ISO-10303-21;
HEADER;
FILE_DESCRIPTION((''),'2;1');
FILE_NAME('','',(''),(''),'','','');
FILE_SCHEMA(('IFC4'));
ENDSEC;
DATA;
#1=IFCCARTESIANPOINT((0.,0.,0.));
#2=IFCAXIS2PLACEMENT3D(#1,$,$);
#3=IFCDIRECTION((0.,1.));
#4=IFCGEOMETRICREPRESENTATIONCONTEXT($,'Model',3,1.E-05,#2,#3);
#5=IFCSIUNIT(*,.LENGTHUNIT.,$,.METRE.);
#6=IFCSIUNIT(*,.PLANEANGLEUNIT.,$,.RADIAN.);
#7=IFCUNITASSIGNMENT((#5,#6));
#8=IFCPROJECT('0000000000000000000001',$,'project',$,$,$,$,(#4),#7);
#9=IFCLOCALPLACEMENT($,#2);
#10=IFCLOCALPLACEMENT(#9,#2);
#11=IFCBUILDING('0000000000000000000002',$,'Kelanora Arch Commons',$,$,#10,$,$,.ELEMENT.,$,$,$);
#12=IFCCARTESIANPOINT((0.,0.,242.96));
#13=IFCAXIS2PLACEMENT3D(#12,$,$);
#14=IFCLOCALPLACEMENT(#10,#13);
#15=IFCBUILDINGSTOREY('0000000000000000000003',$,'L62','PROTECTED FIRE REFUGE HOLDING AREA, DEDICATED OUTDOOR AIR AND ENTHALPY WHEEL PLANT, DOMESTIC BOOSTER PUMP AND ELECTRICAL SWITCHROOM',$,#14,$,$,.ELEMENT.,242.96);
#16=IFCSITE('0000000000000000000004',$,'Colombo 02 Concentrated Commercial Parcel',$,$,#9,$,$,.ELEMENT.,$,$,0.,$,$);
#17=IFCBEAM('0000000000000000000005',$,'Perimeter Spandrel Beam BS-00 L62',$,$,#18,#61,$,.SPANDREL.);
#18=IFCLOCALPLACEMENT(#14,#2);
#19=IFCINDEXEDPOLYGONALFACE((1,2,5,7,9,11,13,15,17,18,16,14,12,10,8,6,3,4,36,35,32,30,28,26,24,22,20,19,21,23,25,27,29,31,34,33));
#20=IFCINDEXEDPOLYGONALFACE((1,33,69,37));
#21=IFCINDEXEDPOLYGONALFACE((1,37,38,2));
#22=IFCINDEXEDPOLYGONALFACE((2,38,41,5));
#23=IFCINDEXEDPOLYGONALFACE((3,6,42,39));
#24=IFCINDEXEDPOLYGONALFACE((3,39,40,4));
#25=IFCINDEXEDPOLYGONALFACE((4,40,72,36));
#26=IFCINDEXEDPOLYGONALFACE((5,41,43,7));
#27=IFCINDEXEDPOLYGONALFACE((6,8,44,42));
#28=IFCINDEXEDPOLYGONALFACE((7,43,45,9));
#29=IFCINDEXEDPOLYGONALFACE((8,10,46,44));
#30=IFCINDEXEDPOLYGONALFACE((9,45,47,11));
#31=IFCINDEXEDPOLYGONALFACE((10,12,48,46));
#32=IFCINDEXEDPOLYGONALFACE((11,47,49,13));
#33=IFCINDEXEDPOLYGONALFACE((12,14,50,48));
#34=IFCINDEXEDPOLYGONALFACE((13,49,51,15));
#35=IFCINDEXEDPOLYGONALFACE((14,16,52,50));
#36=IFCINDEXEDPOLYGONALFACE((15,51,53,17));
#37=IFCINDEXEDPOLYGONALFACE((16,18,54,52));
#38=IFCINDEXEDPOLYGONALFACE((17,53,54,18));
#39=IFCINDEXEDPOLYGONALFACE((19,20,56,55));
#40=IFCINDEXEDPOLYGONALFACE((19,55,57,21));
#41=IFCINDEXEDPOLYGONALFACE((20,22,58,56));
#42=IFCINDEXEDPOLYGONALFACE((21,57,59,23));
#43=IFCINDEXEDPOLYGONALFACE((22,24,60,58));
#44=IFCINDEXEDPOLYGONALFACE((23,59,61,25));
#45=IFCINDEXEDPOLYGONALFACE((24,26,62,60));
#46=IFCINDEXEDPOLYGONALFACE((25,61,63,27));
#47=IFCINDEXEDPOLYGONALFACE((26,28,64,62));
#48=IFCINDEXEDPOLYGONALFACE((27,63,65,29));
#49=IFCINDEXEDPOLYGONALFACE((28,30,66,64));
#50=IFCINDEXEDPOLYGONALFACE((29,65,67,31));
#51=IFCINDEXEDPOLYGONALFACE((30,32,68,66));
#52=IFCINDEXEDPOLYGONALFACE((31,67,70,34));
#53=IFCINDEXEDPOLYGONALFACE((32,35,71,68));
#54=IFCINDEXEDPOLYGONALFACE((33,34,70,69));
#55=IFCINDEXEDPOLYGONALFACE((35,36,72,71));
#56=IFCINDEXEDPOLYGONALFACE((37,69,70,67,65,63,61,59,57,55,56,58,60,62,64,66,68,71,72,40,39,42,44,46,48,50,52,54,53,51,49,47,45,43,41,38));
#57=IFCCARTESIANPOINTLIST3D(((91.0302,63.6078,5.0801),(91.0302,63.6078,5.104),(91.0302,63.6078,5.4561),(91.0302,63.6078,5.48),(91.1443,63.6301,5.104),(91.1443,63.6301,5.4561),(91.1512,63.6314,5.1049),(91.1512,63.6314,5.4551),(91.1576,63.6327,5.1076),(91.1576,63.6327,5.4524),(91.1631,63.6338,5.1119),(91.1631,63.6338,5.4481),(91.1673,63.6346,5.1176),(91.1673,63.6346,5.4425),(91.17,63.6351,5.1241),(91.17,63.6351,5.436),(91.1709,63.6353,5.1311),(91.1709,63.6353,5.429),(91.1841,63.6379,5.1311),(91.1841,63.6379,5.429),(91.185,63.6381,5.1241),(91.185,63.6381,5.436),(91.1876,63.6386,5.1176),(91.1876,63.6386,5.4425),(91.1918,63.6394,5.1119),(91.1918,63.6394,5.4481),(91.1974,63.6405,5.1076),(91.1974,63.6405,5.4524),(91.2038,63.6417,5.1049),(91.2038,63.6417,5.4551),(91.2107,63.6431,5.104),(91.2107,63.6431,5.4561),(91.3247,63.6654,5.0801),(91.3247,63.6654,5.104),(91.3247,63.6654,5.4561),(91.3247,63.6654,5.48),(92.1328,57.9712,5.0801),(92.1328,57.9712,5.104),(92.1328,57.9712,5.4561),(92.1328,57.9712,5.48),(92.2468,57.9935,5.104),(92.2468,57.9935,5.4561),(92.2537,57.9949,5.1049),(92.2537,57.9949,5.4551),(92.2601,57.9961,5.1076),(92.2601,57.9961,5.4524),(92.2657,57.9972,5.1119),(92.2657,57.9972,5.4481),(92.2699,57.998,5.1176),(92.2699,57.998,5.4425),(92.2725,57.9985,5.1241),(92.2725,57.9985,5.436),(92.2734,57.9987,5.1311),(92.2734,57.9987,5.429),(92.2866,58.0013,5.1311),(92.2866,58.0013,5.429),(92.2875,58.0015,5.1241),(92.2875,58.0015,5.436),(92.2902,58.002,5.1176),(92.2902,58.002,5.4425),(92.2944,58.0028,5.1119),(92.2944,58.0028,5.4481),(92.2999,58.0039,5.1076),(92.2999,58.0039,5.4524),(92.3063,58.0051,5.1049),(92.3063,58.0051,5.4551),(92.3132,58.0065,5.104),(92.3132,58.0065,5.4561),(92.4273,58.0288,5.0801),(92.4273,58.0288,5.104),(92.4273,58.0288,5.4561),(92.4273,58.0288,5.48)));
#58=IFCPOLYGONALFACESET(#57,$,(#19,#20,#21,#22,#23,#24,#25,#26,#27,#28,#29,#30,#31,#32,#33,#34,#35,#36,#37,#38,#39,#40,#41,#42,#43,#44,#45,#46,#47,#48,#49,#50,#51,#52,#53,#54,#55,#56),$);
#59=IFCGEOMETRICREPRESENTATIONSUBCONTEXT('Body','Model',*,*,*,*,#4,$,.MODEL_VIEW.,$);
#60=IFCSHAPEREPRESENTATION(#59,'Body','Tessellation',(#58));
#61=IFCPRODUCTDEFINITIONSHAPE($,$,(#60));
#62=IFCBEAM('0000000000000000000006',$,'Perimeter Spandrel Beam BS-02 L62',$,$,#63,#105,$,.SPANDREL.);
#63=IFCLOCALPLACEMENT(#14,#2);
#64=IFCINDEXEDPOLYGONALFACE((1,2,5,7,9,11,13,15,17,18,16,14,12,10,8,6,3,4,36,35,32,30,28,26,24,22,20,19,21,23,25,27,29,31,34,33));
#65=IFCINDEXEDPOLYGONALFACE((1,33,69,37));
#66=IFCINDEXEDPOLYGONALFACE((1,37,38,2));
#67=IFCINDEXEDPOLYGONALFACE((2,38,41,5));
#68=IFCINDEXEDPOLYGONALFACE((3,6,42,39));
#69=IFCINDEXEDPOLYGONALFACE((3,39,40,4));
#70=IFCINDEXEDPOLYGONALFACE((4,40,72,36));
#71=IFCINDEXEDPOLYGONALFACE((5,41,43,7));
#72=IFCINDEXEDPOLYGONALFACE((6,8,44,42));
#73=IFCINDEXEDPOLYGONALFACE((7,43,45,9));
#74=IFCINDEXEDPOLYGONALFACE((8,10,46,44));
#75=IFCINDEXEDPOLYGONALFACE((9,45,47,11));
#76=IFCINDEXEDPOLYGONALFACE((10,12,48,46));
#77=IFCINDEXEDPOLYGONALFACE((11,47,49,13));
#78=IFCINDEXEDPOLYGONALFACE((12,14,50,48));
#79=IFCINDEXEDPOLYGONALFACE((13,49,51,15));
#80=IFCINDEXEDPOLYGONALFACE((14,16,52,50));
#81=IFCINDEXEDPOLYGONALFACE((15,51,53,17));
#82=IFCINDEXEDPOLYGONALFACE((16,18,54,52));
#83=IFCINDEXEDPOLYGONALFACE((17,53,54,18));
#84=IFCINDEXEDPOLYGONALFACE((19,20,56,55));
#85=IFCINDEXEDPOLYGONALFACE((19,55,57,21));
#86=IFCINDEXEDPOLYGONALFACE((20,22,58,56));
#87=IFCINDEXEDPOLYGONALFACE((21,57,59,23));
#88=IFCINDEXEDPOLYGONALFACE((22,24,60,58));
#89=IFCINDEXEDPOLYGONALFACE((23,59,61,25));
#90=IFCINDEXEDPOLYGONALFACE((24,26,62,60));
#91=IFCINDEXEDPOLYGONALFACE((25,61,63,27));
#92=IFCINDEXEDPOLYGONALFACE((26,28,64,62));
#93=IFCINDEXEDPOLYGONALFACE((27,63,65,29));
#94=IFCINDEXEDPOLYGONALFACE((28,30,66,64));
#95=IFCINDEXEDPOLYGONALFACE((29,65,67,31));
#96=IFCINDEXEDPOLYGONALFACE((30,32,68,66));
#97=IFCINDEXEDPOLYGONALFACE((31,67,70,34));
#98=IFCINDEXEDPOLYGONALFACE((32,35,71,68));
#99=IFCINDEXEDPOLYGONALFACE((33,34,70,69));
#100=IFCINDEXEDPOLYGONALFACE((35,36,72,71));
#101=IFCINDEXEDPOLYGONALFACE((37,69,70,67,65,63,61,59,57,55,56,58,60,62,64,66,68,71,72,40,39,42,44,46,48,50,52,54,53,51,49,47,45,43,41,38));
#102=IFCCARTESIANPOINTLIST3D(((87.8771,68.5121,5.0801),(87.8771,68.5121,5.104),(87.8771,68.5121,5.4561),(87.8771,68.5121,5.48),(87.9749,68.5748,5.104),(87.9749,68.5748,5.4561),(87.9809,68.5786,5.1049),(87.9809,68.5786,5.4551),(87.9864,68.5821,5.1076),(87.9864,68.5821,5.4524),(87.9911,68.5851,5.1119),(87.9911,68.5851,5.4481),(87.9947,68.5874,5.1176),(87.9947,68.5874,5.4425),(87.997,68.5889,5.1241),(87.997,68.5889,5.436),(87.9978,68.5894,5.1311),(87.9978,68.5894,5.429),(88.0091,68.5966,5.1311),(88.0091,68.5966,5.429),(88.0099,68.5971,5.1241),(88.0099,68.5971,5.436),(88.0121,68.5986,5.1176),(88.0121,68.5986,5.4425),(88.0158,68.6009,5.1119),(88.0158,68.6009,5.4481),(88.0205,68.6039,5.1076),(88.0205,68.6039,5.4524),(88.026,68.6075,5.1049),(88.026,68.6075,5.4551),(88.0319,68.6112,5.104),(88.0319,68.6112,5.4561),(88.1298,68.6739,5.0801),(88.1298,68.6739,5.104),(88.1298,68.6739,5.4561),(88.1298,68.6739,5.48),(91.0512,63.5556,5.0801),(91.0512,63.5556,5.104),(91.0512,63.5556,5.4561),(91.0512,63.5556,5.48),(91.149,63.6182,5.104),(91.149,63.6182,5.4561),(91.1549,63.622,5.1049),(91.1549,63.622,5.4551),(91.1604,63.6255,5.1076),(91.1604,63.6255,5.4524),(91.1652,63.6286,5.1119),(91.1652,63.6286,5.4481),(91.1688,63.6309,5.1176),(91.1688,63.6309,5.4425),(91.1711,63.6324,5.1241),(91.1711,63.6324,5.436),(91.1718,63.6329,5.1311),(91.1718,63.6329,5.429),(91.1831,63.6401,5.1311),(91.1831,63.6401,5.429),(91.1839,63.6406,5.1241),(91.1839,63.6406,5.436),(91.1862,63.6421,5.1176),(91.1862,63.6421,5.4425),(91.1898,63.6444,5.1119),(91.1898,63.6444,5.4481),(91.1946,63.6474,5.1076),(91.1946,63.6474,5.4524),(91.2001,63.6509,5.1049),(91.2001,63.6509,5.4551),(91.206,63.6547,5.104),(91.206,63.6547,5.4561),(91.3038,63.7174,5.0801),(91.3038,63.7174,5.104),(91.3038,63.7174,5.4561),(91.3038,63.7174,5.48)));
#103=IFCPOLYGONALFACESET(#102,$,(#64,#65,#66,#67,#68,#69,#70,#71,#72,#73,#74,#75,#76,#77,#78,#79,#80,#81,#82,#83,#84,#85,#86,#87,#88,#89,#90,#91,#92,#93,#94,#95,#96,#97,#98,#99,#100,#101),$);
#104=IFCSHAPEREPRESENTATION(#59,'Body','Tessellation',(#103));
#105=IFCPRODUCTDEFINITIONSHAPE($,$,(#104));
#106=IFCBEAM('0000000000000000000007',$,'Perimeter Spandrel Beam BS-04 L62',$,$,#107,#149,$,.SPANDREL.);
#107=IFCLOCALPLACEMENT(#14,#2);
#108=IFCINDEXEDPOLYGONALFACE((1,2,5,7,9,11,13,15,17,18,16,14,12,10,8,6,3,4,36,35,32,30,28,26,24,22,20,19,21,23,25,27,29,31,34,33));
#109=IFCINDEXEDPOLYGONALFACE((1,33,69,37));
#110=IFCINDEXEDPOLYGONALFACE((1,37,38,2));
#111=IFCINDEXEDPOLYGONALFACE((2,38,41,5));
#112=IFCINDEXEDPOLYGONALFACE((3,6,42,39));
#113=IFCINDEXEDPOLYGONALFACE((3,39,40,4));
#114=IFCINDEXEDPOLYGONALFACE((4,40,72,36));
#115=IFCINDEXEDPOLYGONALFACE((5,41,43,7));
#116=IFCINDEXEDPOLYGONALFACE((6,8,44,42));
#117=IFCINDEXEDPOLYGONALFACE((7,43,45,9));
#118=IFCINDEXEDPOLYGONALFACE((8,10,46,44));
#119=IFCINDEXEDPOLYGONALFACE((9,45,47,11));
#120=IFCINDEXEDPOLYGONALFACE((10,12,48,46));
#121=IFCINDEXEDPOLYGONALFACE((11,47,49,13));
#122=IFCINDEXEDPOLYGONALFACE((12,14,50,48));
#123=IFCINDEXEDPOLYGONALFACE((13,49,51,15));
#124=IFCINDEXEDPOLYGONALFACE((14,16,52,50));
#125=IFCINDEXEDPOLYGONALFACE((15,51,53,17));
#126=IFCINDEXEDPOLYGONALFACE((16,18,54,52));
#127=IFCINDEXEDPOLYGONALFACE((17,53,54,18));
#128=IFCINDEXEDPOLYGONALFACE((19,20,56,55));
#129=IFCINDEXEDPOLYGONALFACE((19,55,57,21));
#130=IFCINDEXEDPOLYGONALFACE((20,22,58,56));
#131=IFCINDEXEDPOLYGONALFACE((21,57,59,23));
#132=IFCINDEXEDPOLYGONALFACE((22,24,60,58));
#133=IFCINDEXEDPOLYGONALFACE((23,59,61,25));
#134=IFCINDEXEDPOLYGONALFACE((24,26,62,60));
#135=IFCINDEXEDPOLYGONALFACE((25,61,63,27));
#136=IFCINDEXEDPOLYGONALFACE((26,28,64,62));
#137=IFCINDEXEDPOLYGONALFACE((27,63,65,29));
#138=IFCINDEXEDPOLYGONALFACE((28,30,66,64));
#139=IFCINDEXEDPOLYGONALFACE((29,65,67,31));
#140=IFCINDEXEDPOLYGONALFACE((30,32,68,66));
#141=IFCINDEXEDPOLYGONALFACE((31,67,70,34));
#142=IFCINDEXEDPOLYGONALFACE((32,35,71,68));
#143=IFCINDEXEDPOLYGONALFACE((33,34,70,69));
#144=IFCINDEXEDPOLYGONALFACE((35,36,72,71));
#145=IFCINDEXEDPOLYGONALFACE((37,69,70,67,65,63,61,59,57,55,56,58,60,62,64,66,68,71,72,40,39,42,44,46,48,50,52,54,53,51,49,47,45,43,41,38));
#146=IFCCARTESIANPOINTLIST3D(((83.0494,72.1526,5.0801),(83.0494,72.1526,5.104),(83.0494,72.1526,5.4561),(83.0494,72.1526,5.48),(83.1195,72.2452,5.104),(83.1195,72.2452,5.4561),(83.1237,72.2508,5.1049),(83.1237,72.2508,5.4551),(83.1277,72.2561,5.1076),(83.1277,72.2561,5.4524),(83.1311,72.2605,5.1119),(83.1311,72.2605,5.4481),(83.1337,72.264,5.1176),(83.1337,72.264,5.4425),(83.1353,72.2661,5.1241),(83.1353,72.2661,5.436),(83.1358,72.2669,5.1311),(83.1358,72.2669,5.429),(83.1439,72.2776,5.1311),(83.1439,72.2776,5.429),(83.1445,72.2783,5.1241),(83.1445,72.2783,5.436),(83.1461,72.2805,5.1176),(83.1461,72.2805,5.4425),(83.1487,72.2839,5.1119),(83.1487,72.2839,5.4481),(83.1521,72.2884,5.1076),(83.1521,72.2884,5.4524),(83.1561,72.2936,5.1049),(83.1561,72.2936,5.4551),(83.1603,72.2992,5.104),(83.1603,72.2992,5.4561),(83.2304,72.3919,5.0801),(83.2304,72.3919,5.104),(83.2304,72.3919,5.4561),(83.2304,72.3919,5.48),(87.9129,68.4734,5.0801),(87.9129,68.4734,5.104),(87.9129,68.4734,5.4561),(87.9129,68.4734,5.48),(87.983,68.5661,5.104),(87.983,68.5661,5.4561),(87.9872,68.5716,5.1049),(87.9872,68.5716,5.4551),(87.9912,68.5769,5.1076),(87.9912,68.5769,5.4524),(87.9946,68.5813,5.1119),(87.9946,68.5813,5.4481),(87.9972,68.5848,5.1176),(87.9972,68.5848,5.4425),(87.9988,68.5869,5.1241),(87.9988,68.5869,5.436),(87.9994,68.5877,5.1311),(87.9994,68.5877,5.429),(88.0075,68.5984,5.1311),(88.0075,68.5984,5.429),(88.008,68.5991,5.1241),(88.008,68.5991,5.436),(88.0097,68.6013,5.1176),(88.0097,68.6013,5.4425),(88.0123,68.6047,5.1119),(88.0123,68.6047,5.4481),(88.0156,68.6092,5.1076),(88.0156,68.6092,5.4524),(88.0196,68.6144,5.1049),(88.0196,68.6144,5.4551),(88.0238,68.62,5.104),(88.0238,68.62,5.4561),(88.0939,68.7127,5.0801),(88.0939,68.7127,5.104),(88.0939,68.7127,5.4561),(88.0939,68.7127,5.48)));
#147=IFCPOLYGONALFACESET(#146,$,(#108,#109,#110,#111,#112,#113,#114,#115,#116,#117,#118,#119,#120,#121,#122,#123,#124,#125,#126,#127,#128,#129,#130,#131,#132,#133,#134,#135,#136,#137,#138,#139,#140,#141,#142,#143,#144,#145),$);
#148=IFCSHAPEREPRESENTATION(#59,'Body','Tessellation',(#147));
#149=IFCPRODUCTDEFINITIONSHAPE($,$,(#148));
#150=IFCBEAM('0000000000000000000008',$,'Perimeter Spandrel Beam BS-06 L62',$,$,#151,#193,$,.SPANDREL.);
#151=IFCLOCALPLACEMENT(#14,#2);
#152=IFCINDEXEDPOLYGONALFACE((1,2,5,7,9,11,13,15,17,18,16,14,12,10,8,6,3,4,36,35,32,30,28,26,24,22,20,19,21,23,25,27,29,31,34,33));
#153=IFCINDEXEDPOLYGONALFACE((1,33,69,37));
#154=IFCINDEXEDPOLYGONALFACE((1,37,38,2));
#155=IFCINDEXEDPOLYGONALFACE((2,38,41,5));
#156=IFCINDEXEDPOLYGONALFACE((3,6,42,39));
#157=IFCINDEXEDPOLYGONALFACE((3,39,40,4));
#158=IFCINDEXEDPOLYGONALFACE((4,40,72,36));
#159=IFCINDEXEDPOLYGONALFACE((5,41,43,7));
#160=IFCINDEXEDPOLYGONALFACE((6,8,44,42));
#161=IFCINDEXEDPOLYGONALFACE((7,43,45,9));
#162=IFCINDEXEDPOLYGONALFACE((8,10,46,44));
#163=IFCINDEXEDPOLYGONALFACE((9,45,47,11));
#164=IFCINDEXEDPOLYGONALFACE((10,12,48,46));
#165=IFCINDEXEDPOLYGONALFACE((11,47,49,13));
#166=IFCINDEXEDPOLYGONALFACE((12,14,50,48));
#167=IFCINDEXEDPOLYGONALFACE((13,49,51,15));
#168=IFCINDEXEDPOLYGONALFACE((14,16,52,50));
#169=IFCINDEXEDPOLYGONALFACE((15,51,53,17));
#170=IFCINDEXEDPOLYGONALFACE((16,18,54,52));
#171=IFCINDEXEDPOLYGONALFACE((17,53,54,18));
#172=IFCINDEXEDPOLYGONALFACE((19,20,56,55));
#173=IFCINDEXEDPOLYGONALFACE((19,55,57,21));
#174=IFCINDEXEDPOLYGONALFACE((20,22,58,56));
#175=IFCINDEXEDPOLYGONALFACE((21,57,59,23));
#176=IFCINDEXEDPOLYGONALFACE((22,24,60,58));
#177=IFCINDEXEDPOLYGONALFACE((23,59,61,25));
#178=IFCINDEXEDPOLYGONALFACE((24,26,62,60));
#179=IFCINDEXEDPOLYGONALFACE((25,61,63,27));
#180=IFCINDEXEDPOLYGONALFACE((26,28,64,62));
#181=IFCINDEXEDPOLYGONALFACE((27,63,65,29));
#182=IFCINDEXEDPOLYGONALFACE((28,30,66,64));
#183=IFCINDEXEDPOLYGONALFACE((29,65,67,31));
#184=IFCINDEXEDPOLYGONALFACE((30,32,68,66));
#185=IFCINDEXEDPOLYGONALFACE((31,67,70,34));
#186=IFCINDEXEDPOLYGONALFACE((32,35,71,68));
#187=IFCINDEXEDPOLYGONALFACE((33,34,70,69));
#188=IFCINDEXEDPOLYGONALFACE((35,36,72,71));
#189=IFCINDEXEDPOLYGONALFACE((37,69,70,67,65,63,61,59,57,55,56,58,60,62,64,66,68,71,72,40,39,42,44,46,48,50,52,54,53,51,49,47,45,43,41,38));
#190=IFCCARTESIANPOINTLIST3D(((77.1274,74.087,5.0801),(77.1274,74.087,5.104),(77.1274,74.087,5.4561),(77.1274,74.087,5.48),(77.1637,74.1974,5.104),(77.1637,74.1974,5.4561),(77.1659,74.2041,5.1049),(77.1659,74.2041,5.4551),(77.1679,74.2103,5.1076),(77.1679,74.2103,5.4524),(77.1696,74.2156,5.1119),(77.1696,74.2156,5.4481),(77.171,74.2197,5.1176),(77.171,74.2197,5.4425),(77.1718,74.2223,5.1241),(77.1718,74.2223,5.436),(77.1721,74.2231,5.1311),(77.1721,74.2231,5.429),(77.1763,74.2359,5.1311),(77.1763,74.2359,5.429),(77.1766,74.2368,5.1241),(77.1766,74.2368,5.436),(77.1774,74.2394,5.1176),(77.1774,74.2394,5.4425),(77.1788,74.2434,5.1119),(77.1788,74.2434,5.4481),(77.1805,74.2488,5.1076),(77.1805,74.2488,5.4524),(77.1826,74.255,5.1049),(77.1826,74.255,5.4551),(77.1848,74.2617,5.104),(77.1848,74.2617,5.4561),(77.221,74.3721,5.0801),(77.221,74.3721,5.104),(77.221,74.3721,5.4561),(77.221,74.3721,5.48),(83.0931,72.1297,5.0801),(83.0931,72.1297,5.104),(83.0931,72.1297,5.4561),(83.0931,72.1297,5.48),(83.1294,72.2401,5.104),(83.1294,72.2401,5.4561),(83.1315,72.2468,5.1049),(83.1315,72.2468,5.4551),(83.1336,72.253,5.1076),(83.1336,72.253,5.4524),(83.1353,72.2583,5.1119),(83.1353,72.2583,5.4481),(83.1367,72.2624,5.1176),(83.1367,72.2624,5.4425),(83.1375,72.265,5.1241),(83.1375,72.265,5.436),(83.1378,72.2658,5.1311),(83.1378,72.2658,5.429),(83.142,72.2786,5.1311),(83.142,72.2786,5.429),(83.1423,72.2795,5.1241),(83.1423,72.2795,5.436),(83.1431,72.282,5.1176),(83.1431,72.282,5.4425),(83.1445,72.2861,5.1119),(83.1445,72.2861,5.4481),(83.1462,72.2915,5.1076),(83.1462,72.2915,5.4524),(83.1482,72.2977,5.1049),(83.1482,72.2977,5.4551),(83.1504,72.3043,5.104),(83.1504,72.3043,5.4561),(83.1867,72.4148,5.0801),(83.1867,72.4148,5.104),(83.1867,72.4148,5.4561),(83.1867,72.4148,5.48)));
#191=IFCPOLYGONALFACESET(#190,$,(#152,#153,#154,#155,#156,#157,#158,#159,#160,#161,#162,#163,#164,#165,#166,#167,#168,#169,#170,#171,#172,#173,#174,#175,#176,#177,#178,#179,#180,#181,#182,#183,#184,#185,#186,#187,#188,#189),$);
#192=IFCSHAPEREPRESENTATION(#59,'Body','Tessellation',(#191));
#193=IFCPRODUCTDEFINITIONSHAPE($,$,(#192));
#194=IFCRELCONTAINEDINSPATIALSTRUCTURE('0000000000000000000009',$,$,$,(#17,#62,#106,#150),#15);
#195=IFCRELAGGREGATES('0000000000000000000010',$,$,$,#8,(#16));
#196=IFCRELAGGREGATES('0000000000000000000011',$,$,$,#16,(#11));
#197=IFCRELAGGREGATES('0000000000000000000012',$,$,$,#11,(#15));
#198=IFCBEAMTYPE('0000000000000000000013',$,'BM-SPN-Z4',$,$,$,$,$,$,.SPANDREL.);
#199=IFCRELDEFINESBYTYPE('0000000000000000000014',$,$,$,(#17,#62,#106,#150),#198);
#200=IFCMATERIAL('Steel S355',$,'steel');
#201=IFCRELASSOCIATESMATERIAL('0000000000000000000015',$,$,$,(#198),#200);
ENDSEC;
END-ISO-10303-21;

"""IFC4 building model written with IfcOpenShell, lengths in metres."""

from ifc_helpers import new_model, si_unit, direction, frame, origin, origin_2d, place, context, subcontext, project, spatial, i_section, extrude, material, material_profile, profile_set, type_object, element, save


model = new_model("IFC4")

# Units and contexts
model_context = context("Model", 3, precision=1e-05, world=origin(), true_north=direction((0.0, 1.0)))
body_context = subcontext(model_context, "Body", "Model", "MODEL_VIEW")
ifc_project = project(units=[si_unit("LENGTHUNIT", "METRE"), si_unit("PLANEANGLEUNIT", "RADIAN")], contexts=[model_context])

# Site, building, storey
site_placement = place(None, origin())
site = spatial("IfcSite", under=ifc_project, at=site_placement, Name="Colombo 02 Concentrated Commercial Parcel", CompositionType="ELEMENT", RefElevation=0.0)
building_placement = place(site_placement, origin())
building = spatial("IfcBuilding", under=site, at=building_placement, Name="Kelanora Arch Commons", CompositionType="ELEMENT")
storey_placement = place(building_placement, frame((0.0, 0.0, 242.96)))
storey = spatial("IfcBuildingStorey", under=building, at=storey_placement, Name="L62", Description="PROTECTED FIRE REFUGE HOLDING AREA, DEDICATED OUTDOOR AIR AND ENTHALPY WHEEL PLANT, DOMESTIC BOOSTER PUMP AND ELECTRICAL SWITCHROOM", CompositionType="ELEMENT", Elevation=242.96)

# Beams
ifc_material_1 = material(Name="Steel S355", Category="steel")
ifc_material_profile_1 = material_profile(ifc_material_1, i_section(OverallWidth=0.3, OverallDepth=0.3999, WebThickness=0.0134, FlangeThickness=0.0239, FilletRadius=0.0271, at=origin_2d()), Name="HEB400")
ifc_profile_set_1 = profile_set([ifc_material_profile_1], Name="Steel S355")
beam_type_1 = type_object("IfcBeamType", Name="BM-SPN-Z4", PredefinedType="SPANDREL", material=ifc_profile_set_1)
beam_1_placement = place(storey_placement, frame((92.28, 58.0, 5.28), z_axis=(-0.19197, 0.981401, 0.0), x_axis=(-0.981401, -0.19197, 0.0)))
element("IfcBeam", 1, at=beam_1_placement, inside=storey, type_object=beam_type_1, Name="Perimeter Spandrel Beam BS-00 L62", PredefinedType="SPANDREL", context=body_context, shape_type="SweptSolid", body=[
    extrude(i_section(OverallWidth=0.3, OverallDepth=0.3999, WebThickness=0.0134, FlangeThickness=0.0239, FilletRadius=0.0271, at=origin_2d()), origin(), (0.0, 0.0, 1.0), 5.7434),
])
beam_2_placement = place(storey_placement, frame((91.1775, 63.6365, 5.28), z_axis=(-0.539281, 0.842126, 0.0), x_axis=(-0.842126, -0.539281, 0.0)))
element("IfcBeam", 2, at=beam_2_placement, inside=storey, type_object=beam_type_1, Name="Perimeter Spandrel Beam BS-02 L62", PredefinedType="SPANDREL", context=body_context, shape_type="SweptSolid", body=[
    extrude(i_section(OverallWidth=0.3, OverallDepth=0.3999, WebThickness=0.0134, FlangeThickness=0.0239, FilletRadius=0.0271, at=origin_2d()), origin(), (0.0, 0.0, 1.0), 5.8857),
])
beam_3_placement = place(storey_placement, frame((88.0034, 68.593, 5.28), z_axis=(-0.797509, 0.603306, 0.0), x_axis=(-0.603306, -0.797509, 0.0)))
element("IfcBeam", 3, at=beam_3_placement, inside=storey, type_object=beam_type_1, Name="Perimeter Spandrel Beam BS-04 L62", PredefinedType="SPANDREL", context=body_context, shape_type="SweptSolid", body=[
    extrude(i_section(OverallWidth=0.3, OverallDepth=0.3999, WebThickness=0.0134, FlangeThickness=0.0239, FilletRadius=0.0271, at=origin_2d()), origin(), (0.0, 0.0, 1.0), 6.0984),
])
beam_4_placement = place(storey_placement, frame((83.1399, 72.2722, 5.28), z_axis=(-0.950166, 0.311745, 0.0), x_axis=(-0.311745, -0.950166, 0.0)))
element("IfcBeam", 4, at=beam_4_placement, inside=storey, type_object=beam_type_1, Name="Perimeter Spandrel Beam BS-06 L62", PredefinedType="SPANDREL", context=body_context, shape_type="SweptSolid", body=[
    extrude(i_section(OverallWidth=0.3, OverallDepth=0.3999, WebThickness=0.0134, FlangeThickness=0.0239, FilletRadius=0.0271, at=origin_2d()), origin(), (0.0, 0.0, 1.0), 6.2786),
])

save(model, "model.ifc")
